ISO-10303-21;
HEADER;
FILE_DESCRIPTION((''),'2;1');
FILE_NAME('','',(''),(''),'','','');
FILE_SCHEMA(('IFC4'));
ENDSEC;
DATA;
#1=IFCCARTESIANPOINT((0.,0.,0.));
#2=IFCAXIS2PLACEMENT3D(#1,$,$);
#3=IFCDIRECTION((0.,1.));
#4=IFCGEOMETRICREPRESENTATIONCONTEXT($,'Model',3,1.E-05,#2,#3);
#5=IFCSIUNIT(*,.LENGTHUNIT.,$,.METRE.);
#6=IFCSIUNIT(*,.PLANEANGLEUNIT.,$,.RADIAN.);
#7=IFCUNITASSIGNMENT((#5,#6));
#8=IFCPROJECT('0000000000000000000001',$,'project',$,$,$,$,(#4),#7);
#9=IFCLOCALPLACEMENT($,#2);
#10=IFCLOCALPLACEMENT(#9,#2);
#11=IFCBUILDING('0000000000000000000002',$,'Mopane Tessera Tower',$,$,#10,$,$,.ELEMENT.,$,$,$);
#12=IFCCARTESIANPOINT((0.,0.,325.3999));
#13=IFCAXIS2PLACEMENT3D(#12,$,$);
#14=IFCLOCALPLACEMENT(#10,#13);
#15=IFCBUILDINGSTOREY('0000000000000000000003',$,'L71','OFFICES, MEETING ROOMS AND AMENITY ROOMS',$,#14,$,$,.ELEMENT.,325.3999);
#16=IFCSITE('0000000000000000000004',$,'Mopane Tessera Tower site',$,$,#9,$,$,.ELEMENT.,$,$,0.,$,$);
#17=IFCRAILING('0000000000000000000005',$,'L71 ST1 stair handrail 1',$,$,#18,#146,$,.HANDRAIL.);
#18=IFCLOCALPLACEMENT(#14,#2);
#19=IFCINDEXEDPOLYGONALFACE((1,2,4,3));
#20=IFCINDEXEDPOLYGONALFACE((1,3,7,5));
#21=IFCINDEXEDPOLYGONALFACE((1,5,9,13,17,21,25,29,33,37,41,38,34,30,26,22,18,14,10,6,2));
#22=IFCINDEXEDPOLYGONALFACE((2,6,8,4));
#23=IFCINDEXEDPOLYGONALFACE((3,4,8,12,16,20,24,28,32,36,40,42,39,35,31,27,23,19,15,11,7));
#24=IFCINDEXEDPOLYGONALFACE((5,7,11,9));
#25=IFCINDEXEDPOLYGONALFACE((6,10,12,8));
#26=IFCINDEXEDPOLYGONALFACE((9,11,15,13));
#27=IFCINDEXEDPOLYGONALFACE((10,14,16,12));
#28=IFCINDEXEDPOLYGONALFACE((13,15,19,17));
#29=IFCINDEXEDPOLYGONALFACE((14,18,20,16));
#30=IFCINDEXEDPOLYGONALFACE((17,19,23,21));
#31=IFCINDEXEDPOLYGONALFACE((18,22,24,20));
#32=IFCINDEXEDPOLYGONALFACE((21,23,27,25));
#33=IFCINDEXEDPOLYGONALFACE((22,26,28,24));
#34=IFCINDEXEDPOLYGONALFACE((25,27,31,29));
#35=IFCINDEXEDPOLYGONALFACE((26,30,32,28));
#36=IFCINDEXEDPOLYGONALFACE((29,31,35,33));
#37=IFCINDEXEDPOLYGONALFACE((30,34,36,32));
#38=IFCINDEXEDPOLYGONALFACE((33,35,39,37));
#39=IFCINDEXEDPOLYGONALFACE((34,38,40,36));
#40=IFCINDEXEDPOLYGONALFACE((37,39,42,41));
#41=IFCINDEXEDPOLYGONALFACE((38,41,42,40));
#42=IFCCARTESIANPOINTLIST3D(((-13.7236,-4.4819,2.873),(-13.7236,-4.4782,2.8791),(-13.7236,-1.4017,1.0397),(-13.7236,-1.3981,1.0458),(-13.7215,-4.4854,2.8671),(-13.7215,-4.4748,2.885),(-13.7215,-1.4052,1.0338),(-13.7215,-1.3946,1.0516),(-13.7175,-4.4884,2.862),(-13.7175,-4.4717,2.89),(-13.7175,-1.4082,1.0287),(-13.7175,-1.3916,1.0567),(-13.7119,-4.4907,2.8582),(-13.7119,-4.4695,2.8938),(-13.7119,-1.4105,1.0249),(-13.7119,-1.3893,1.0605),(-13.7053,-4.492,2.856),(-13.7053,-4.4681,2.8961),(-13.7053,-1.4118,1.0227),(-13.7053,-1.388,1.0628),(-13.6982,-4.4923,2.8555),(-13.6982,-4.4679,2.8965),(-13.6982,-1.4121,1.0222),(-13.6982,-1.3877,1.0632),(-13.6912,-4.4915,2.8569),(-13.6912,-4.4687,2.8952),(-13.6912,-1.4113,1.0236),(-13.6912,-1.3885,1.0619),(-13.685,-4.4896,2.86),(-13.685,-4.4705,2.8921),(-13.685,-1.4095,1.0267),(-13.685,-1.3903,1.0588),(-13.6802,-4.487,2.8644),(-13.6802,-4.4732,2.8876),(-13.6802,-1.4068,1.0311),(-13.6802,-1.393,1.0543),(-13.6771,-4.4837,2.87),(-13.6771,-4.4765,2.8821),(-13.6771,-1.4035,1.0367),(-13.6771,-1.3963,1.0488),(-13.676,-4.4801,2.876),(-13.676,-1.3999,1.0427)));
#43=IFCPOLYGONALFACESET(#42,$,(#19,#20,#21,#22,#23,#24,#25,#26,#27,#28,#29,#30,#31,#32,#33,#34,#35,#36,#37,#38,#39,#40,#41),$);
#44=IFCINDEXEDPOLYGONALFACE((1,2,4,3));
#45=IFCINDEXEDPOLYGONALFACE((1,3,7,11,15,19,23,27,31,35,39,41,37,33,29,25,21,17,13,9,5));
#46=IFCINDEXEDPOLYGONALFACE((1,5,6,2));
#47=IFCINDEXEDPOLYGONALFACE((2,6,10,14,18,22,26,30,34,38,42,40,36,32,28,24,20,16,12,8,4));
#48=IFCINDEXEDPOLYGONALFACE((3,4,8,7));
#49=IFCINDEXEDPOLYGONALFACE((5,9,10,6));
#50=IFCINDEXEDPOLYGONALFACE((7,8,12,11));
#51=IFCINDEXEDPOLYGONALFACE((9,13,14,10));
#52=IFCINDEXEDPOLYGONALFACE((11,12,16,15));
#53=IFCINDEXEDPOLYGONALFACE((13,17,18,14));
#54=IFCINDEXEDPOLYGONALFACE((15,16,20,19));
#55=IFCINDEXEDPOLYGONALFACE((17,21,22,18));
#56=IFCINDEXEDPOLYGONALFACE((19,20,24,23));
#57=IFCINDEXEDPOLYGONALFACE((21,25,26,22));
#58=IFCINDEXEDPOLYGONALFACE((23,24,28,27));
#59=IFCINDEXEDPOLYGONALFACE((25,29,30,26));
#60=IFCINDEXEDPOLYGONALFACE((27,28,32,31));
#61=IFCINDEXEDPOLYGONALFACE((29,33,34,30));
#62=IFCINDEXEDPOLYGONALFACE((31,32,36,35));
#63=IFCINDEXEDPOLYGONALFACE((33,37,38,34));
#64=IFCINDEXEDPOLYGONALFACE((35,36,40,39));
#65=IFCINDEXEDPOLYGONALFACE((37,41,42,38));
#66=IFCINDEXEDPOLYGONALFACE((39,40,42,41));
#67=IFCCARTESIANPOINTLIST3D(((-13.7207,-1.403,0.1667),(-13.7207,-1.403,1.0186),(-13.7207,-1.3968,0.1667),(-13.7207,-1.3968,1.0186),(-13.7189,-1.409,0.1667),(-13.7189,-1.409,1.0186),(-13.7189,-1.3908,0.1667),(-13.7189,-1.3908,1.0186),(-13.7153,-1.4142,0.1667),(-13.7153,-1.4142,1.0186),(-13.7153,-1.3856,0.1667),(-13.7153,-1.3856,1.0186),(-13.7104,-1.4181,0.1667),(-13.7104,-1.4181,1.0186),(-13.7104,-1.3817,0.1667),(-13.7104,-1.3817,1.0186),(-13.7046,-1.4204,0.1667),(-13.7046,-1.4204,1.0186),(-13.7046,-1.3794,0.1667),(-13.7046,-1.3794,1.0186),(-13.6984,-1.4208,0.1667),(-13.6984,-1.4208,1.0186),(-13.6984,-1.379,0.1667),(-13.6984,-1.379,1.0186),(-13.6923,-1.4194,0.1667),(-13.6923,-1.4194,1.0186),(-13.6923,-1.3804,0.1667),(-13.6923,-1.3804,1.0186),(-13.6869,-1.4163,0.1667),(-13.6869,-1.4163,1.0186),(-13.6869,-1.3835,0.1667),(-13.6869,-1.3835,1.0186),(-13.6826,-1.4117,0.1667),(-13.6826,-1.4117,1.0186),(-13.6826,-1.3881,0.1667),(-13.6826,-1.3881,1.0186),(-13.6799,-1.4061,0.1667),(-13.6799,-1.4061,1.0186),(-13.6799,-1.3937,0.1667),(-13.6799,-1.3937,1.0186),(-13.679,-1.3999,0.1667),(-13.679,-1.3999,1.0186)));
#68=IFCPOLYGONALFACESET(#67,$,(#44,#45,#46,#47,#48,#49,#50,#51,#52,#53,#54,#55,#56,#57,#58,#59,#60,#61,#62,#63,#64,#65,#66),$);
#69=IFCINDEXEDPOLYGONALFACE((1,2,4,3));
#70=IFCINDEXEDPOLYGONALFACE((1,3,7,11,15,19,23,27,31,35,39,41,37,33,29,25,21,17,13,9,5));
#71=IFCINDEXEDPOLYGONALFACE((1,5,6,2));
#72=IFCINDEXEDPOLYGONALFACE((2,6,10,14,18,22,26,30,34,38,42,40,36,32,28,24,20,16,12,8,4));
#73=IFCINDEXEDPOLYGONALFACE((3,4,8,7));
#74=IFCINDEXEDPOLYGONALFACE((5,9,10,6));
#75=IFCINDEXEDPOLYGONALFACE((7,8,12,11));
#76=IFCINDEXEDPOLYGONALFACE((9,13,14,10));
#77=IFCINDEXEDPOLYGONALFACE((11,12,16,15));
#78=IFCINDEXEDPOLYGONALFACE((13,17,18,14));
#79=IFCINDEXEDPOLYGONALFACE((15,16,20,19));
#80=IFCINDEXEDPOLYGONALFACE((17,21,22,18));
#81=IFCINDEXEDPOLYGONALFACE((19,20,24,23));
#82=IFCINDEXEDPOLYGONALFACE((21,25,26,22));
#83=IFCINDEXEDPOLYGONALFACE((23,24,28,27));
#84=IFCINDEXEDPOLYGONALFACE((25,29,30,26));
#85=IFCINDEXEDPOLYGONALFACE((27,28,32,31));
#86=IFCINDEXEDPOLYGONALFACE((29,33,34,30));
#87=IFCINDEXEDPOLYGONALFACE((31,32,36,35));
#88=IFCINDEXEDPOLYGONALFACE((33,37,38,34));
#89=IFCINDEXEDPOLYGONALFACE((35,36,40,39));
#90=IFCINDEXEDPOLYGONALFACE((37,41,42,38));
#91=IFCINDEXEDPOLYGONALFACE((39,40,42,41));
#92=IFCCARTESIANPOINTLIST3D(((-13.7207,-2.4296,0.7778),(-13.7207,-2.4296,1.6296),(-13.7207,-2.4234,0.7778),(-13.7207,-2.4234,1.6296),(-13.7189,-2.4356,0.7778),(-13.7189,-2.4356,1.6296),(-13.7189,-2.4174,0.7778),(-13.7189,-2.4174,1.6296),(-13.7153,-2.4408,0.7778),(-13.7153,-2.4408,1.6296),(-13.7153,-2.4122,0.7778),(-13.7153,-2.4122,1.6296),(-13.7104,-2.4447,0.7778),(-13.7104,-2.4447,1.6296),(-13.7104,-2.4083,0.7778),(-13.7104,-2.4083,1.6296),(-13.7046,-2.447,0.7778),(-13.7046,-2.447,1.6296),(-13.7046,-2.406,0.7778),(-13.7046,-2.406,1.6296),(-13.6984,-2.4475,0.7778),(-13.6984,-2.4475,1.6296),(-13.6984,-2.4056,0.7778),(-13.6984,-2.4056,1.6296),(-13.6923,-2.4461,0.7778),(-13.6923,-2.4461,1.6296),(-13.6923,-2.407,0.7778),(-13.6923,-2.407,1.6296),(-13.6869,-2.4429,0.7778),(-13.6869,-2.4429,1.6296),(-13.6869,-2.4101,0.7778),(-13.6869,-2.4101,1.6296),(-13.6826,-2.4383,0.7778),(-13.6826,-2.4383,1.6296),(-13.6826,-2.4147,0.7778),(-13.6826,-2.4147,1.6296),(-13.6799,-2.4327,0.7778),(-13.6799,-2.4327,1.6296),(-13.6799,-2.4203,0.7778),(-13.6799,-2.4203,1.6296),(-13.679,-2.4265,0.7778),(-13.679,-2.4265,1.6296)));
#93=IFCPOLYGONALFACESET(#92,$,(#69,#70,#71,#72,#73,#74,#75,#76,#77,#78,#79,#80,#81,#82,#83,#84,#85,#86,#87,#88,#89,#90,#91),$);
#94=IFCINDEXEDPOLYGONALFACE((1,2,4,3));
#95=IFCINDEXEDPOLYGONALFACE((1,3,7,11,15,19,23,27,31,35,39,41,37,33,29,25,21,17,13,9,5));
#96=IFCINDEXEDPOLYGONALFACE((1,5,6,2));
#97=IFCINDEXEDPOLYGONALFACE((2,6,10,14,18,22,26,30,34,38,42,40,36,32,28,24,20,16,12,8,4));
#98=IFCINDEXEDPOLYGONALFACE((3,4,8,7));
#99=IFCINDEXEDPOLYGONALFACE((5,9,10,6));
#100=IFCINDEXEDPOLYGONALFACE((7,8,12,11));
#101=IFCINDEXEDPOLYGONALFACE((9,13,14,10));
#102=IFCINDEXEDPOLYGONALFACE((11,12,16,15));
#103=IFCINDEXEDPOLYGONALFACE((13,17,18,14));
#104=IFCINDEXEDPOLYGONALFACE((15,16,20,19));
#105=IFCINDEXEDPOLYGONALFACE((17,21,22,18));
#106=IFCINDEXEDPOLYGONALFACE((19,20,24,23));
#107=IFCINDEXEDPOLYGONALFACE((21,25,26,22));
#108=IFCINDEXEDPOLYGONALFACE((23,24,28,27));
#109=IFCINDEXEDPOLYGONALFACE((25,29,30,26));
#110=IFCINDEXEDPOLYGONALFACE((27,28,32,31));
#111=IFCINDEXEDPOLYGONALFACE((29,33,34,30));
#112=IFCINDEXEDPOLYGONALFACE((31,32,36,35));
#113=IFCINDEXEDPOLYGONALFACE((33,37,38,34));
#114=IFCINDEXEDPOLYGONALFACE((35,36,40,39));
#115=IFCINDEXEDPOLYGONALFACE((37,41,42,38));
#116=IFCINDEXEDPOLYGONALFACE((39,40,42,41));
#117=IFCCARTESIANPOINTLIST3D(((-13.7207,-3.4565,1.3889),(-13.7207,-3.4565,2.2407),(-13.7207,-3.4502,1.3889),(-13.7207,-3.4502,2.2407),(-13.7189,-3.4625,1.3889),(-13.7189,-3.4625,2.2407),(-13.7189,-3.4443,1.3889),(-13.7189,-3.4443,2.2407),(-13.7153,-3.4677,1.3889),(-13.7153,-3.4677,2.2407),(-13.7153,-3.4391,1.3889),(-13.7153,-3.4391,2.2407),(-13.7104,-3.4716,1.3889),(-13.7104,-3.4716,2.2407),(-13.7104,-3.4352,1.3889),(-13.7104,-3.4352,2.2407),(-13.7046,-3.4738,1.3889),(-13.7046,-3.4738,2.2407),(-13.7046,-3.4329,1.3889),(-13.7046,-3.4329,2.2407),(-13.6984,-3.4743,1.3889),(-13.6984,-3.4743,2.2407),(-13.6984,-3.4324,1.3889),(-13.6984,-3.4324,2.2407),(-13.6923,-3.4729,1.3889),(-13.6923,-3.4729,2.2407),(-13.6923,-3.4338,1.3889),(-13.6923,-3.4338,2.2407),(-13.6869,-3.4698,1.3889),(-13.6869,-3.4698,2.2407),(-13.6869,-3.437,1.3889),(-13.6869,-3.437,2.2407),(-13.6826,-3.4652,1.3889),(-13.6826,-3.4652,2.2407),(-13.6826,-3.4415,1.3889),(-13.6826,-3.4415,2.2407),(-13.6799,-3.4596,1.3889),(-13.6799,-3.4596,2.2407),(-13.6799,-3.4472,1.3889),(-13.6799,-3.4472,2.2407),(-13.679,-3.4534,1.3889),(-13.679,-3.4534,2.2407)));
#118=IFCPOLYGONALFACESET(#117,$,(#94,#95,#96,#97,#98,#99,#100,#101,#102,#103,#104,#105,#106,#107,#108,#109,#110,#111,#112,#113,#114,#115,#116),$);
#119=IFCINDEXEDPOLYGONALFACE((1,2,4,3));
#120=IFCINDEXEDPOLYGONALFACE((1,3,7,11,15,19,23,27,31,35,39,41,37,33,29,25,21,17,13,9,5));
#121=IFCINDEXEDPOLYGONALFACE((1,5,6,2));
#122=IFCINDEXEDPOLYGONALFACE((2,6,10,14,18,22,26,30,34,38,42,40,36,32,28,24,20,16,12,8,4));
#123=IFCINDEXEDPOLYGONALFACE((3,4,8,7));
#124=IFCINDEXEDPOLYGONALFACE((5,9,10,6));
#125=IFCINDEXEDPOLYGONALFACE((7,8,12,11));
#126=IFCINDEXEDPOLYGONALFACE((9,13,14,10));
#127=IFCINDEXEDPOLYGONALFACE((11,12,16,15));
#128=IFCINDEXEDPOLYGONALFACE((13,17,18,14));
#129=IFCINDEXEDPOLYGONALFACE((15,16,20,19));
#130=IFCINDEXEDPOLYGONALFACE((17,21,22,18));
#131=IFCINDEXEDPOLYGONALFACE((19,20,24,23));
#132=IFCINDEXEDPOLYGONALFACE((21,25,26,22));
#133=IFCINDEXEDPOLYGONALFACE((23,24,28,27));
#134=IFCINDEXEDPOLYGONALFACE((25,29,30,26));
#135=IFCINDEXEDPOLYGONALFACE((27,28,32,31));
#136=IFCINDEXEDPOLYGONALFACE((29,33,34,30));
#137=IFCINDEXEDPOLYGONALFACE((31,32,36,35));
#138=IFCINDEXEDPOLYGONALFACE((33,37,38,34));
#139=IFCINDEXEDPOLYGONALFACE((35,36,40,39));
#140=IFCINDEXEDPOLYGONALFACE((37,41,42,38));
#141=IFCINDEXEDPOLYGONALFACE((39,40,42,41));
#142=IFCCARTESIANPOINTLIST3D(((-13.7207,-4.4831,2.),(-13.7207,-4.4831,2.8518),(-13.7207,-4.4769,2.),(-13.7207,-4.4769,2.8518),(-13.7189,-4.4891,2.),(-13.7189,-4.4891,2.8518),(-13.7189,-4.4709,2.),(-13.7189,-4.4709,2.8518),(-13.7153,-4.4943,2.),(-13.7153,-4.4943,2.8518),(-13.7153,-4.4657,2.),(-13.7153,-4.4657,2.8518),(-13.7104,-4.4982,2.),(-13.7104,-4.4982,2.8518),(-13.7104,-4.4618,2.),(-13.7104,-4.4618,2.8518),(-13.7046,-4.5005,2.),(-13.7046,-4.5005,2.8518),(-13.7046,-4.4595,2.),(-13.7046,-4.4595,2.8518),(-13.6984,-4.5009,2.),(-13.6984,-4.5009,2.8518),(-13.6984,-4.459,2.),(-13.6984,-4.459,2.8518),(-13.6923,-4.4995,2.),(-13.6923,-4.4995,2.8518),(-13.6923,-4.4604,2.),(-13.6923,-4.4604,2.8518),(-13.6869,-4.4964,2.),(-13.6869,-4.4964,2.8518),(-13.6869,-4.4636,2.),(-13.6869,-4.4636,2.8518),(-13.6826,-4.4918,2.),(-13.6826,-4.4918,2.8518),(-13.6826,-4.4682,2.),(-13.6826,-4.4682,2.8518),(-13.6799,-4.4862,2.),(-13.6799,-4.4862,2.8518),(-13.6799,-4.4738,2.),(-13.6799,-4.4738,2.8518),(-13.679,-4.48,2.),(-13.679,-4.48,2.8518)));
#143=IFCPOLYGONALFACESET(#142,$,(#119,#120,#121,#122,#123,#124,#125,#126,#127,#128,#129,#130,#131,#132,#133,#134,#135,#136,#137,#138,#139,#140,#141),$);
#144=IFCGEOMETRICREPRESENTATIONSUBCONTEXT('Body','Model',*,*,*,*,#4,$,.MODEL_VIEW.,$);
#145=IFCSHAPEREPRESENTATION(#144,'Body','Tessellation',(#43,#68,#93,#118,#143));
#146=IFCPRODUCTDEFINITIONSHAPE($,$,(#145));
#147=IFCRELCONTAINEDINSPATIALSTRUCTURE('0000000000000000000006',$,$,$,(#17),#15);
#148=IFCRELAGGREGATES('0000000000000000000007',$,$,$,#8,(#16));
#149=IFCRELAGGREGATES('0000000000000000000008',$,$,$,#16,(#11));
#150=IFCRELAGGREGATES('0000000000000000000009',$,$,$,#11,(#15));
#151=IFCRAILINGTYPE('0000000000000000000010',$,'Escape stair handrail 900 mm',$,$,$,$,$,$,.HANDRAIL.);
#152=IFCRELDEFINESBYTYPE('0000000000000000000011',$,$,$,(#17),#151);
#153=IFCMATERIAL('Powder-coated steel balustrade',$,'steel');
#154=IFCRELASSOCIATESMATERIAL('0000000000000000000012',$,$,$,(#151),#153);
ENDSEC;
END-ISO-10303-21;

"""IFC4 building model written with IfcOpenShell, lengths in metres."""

from ifc_helpers import new_model, si_unit, direction, frame, origin, origin_2d, place, context, subcontext, project, spatial, circle, extrude, material, type_object, element, save


model = new_model("IFC4")

# Units and contexts
model_context = context("Model", 3, precision=1e-05, world=origin(), true_north=direction((0.0, 1.0)))
body_context = subcontext(model_context, "Body", "Model", "MODEL_VIEW")
ifc_project = project(units=[si_unit("LENGTHUNIT", "METRE"), si_unit("PLANEANGLEUNIT", "RADIAN")], contexts=[model_context])

# Site, building, storey
site_placement = place(None, origin())
site = spatial("IfcSite", under=ifc_project, at=site_placement, Name="Mopane Tessera Tower site", CompositionType="ELEMENT", RefElevation=0.0)
building_placement = place(site_placement, origin())
building = spatial("IfcBuilding", under=site, at=building_placement, Name="Mopane Tessera Tower", CompositionType="ELEMENT")
storey_placement = place(building_placement, frame((0.0, 0.0, 325.3999)))
storey = spatial("IfcBuildingStorey", under=building, at=storey_placement, Name="L71", Description="OFFICES, MEETING ROOMS AND AMENITY ROOMS", CompositionType="ELEMENT", Elevation=325.3999)

# Railing
ifc_material_1 = material(Name="Powder-coated steel balustrade", Category="steel")
railing_type_1 = type_object("IfcRailingType", Name="Escape stair handrail 900 mm", PredefinedType="HANDRAIL", material=ifc_material_1)
railing_1_placement = place(storey_placement, frame((-13.7, -1.3999, 0.1667)))
element("IfcRailing", 1, at=railing_1_placement, inside=storey, type_object=railing_type_1, Name="L71 ST1 stair handrail 1", PredefinedType="HANDRAIL", context=body_context, shape_type="SweptSolid", body=[
    extrude(circle(Radius=0.0239, at=origin_2d()), frame((0.0, 0.0, 0.876), z_axis=(0.0, -0.859309, 0.511458), x_axis=(1.0, 0.0, 0.0)), (0.0, 0.0, 1.0), 3.5845),
    extrude(circle(Radius=0.021, at=origin_2d()), origin(), (0.0, 0.0, 1.0), 0.8518),
    extrude(circle(Radius=0.021, at=origin_2d()), frame((0.0, -1.0266, 0.6111)), (0.0, 0.0, 1.0), 0.8518),
    extrude(circle(Radius=0.021, at=origin_2d()), frame((0.0, -2.0535, 1.2222)), (0.0, 0.0, 1.0), 0.8518),
    extrude(circle(Radius=0.021, at=origin_2d()), frame((0.0, -3.0801, 1.8333)), (0.0, 0.0, 1.0), 0.8518),
])

save(model, "model.ifc")
